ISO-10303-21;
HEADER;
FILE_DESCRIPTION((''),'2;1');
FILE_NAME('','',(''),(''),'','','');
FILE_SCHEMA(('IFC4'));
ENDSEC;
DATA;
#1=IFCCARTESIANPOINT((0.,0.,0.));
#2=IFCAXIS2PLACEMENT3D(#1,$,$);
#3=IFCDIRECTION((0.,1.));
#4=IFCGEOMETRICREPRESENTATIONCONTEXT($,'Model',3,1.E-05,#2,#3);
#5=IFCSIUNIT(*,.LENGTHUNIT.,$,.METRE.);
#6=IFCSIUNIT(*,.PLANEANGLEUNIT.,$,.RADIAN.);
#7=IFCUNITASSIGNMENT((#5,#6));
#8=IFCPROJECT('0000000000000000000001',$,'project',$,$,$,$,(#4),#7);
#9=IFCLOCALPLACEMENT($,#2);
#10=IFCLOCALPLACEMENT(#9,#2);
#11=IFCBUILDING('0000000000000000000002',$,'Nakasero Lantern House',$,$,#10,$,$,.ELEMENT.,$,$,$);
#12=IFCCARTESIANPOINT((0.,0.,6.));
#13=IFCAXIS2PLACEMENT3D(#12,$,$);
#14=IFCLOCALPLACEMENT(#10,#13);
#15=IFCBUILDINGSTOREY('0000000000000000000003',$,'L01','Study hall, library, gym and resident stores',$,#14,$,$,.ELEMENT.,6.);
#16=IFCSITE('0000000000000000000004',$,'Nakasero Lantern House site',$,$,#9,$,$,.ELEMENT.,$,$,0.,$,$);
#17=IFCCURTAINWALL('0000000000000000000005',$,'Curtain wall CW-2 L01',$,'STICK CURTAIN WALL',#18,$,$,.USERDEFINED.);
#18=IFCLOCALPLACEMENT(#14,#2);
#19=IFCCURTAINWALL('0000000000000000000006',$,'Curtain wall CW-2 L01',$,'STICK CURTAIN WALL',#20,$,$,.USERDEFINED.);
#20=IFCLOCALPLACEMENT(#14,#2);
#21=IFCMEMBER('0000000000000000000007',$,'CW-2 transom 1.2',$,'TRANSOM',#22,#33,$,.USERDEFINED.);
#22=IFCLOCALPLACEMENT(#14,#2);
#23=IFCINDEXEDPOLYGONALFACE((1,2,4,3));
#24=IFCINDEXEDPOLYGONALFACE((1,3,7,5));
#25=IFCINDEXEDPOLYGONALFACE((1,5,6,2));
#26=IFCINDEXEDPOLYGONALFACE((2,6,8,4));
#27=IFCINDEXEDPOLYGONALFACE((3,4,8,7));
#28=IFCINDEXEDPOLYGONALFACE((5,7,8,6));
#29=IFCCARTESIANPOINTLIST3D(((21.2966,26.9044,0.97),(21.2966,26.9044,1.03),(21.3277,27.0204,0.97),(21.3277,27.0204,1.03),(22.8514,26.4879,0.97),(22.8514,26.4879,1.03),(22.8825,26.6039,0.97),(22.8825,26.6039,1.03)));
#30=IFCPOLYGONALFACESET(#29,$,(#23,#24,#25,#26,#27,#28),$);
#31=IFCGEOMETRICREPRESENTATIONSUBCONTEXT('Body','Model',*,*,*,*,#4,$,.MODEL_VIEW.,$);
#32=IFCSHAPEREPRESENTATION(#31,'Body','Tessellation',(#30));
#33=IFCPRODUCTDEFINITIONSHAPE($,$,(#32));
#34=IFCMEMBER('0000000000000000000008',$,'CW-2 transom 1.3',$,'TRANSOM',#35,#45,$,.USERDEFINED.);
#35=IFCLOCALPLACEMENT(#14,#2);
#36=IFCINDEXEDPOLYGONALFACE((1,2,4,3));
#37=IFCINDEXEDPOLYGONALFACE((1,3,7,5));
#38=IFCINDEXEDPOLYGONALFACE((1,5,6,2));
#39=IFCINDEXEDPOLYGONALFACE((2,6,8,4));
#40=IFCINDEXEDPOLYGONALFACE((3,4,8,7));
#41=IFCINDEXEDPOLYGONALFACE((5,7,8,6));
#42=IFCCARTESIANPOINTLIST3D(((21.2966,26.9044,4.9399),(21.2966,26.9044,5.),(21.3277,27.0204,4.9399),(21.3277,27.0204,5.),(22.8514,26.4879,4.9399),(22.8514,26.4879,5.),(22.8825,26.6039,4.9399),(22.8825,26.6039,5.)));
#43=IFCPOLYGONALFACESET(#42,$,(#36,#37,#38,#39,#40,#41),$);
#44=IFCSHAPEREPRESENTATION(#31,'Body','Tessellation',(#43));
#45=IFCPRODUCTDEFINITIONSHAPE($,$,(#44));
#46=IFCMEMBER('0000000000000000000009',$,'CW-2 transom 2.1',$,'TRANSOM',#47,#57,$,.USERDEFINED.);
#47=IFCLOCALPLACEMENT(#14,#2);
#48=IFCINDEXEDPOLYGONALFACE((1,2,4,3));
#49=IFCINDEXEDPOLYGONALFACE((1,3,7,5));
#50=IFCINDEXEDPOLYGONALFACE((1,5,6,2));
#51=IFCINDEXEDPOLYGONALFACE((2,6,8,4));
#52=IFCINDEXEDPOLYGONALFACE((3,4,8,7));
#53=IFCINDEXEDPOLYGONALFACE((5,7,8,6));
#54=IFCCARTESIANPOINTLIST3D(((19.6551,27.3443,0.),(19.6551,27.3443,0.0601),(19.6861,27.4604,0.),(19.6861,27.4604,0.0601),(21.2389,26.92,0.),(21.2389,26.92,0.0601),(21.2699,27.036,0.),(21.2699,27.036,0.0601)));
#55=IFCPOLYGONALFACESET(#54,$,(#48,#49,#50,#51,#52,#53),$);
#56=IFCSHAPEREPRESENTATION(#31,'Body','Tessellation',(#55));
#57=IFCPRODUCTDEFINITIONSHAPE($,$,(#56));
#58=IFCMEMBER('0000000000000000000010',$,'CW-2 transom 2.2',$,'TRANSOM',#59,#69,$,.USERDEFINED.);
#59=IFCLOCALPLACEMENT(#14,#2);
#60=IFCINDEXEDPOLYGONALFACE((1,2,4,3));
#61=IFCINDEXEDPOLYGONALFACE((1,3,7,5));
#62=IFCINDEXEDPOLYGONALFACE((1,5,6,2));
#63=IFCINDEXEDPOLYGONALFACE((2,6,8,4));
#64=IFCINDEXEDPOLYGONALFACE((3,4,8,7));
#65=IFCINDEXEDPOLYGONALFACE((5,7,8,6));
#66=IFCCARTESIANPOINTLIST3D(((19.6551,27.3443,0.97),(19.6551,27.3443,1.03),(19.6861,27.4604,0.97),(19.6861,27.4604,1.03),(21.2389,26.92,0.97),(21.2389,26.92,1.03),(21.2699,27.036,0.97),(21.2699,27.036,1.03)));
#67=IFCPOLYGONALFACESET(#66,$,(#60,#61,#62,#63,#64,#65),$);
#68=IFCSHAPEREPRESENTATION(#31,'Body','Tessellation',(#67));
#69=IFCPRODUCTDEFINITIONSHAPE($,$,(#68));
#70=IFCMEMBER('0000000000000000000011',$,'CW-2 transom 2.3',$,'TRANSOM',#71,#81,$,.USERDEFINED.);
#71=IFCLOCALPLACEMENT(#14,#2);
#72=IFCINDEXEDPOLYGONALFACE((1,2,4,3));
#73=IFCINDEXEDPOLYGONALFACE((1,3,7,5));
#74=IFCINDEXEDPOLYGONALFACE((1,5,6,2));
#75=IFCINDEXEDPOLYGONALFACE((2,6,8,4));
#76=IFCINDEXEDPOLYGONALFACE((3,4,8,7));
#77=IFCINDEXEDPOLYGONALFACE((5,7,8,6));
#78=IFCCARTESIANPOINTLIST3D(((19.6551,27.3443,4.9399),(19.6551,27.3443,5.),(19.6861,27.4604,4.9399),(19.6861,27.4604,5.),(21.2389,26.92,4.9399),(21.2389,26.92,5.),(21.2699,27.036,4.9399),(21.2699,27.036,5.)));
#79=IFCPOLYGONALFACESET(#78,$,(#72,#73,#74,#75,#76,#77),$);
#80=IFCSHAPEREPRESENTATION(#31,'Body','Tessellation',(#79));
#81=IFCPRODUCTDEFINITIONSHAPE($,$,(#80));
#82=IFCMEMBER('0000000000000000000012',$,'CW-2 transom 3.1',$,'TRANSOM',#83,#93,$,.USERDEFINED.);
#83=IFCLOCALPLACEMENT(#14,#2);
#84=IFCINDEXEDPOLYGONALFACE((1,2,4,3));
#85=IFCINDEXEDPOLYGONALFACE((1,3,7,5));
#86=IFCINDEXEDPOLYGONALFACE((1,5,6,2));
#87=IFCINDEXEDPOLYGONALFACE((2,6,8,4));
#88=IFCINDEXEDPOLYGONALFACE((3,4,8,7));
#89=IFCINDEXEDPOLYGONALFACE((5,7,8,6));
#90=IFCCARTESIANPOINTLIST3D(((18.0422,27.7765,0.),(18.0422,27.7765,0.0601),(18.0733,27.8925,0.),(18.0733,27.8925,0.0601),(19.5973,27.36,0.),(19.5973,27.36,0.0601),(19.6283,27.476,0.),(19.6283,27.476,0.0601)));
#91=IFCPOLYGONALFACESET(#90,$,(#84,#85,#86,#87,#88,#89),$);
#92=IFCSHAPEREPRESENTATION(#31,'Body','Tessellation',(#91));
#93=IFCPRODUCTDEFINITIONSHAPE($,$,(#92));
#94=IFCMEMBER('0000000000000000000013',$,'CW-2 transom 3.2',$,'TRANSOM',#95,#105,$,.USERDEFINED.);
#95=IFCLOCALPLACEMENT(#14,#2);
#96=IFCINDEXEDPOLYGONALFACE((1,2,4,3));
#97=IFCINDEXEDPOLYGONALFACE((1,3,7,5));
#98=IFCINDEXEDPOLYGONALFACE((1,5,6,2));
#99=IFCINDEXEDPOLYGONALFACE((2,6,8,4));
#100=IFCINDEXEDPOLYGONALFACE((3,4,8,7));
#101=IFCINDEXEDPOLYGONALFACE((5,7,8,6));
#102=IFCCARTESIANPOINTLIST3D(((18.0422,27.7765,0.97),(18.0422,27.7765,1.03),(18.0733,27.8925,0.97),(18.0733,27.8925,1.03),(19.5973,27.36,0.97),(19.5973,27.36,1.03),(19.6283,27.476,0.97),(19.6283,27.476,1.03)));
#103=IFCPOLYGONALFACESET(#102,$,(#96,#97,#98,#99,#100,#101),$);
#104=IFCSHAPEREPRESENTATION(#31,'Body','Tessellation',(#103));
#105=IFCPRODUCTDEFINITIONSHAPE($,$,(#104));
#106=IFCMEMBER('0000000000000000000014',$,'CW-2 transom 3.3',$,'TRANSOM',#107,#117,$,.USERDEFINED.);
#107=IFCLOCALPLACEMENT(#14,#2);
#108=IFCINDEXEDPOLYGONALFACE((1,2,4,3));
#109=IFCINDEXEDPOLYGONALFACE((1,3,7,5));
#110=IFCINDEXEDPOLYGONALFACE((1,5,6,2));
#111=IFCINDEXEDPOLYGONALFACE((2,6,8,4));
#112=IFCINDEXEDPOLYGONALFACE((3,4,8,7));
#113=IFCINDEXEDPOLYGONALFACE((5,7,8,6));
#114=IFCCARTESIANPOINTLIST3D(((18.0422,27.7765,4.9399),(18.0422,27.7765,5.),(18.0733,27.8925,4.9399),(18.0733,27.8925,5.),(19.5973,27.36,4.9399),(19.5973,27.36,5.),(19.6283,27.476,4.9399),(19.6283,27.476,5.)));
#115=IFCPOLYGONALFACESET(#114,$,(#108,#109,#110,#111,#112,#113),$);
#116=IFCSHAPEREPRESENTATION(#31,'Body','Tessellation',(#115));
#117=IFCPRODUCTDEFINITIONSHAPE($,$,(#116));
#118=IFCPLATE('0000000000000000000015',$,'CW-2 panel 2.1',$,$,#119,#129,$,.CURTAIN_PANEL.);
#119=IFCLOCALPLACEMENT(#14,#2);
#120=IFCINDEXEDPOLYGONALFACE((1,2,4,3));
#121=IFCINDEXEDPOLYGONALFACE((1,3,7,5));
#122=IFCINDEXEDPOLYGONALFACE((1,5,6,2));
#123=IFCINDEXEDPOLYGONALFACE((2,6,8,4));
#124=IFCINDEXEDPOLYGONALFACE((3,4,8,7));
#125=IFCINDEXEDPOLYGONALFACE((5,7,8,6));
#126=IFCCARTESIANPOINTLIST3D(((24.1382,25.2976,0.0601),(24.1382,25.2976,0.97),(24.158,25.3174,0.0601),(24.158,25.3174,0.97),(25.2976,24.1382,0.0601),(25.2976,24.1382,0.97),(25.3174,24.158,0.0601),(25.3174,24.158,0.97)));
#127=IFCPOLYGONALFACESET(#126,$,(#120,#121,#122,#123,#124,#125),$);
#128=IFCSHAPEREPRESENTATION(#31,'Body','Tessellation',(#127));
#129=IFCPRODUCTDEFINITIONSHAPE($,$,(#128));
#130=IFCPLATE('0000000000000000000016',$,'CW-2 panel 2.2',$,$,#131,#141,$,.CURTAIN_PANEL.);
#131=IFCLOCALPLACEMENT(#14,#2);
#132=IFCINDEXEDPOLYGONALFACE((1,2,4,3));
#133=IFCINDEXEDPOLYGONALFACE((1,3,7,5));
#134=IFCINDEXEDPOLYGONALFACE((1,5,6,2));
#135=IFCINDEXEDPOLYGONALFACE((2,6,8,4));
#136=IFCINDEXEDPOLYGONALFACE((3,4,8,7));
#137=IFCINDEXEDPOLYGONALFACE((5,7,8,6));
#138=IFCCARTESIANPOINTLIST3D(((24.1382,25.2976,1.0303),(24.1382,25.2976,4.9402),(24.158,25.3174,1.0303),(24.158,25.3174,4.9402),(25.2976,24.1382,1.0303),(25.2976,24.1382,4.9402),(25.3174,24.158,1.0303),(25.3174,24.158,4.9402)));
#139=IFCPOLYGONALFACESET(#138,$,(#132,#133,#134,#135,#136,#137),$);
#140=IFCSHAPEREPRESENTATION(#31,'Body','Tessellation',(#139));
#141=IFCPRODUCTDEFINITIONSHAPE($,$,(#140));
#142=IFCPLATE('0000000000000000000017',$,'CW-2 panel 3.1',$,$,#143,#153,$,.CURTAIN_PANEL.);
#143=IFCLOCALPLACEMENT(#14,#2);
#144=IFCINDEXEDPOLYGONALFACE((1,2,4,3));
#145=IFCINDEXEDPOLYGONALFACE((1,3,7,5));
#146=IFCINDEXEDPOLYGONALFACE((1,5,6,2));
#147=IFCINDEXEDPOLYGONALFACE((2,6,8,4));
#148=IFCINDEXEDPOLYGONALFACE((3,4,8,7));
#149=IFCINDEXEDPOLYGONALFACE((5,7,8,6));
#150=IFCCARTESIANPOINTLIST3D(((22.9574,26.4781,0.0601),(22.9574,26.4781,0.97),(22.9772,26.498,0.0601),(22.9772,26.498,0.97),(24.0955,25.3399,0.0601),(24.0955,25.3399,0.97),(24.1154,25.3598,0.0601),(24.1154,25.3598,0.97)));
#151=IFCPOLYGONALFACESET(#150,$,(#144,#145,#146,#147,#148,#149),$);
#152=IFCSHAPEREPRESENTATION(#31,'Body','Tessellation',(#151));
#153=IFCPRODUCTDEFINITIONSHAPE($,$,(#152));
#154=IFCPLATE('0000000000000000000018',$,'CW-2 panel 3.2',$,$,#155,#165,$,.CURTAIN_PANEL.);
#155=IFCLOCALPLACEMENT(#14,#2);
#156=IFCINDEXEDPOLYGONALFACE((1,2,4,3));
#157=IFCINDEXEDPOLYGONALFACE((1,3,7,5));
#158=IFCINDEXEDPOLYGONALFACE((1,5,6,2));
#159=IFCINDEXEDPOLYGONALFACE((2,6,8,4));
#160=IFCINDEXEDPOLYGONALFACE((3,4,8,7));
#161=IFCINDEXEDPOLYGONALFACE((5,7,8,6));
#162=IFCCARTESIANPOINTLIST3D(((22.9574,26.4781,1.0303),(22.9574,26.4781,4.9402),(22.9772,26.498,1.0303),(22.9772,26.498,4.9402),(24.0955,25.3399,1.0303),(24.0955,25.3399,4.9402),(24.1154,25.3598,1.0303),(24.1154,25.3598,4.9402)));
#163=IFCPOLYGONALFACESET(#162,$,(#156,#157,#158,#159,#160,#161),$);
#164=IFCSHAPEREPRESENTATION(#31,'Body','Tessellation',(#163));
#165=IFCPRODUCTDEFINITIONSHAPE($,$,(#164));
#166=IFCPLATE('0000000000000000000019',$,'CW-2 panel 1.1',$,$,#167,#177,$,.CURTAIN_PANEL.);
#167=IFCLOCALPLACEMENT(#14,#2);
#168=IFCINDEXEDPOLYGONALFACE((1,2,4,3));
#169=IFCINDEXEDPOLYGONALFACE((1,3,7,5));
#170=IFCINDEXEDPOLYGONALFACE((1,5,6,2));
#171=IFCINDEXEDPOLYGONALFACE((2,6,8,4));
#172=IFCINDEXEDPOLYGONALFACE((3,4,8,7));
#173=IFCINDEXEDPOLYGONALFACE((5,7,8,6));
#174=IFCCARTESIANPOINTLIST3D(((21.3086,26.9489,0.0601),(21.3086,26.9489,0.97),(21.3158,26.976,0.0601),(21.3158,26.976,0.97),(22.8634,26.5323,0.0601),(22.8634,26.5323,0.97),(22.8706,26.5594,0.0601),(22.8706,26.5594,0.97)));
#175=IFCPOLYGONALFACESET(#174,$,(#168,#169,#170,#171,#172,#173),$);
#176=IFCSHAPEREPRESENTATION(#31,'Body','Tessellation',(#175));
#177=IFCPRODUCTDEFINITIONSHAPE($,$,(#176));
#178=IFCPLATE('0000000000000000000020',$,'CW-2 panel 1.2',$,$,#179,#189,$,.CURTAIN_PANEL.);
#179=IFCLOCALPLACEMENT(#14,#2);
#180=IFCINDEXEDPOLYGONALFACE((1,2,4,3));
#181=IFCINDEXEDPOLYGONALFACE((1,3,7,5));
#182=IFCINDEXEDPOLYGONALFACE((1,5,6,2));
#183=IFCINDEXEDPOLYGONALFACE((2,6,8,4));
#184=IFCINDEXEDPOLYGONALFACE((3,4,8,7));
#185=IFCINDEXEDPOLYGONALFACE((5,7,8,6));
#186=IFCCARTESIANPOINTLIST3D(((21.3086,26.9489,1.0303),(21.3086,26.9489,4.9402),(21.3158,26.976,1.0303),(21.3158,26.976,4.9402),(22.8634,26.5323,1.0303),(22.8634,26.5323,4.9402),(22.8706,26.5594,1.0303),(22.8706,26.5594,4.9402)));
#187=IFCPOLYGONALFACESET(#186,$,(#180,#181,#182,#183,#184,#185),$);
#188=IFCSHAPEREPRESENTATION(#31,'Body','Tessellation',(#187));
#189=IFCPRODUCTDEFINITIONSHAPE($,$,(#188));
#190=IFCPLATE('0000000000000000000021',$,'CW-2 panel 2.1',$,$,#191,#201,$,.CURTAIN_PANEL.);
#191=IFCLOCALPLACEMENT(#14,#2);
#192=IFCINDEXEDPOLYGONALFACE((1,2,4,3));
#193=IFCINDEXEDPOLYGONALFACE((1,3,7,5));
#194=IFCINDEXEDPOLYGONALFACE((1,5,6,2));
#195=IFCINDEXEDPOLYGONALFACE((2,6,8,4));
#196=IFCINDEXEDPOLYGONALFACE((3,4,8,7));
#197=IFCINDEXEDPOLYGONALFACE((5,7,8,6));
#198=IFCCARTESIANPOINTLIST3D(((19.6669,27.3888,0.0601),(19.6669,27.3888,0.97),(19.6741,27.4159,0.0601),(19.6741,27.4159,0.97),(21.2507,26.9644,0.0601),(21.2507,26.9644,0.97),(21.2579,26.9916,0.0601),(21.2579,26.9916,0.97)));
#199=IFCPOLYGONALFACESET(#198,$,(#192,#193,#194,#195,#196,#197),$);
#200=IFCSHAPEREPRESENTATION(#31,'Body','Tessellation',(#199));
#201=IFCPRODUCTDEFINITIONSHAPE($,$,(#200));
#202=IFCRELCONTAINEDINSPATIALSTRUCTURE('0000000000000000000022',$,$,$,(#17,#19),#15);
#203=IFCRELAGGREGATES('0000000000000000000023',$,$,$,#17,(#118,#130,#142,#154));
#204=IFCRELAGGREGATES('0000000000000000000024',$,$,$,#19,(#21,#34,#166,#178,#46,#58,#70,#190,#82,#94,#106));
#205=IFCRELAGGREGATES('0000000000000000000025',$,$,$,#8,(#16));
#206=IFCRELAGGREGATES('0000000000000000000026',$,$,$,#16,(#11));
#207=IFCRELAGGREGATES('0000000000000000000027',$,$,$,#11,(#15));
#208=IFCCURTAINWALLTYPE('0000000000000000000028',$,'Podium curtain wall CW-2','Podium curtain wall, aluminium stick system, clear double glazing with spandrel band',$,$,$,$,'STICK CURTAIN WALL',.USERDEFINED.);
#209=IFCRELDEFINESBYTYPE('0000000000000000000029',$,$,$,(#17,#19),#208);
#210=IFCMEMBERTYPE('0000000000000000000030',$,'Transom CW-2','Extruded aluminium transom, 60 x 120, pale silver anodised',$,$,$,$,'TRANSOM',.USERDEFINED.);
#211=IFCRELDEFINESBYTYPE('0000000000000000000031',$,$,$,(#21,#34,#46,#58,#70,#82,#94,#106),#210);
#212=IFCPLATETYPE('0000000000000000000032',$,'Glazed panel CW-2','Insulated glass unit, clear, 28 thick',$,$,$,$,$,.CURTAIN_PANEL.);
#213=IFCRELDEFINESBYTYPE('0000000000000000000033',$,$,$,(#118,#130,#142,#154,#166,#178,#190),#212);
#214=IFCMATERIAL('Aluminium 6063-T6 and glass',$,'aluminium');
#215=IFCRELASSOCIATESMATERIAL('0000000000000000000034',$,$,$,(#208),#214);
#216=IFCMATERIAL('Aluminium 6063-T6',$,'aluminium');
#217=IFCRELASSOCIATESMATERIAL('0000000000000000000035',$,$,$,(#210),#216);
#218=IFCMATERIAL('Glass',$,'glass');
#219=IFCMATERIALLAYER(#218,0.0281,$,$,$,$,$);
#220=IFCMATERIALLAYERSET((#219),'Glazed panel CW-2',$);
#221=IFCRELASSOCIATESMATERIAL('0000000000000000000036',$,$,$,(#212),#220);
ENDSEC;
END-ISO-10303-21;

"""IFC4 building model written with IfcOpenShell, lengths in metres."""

from ifc_helpers import new_model, si_unit, direction, frame, origin, origin_2d, place, context, subcontext, project, spatial, rectangle, extrude, material, layer, layer_set, material_profile, profile_set, type_object, element, aggregate, save


model = new_model("IFC4")

# Units and contexts
model_context = context("Model", 3, precision=1e-05, world=origin(), true_north=direction((0.0, 1.0)))
body_context = subcontext(model_context, "Body", "Model", "MODEL_VIEW")
ifc_project = project(units=[si_unit("LENGTHUNIT", "METRE"), si_unit("PLANEANGLEUNIT", "RADIAN")], contexts=[model_context])

# Site, building, storey
site_placement = place(None, origin())
site = spatial("IfcSite", under=ifc_project, at=site_placement, Name="Nakasero Lantern House site", CompositionType="ELEMENT", RefElevation=0.0)
building_placement = place(site_placement, origin())
building = spatial("IfcBuilding", under=site, at=building_placement, Name="Nakasero Lantern House", CompositionType="ELEMENT")
storey_placement = place(building_placement, frame((0.0, 0.0, 6.0)))
storey = spatial("IfcBuildingStorey", under=building, at=storey_placement, Name="L01", Description="Study hall, library, gym and resident stores", CompositionType="ELEMENT", Elevation=6.0)

# Curtain walls
ifc_material_1 = material(Name="Aluminium 6063-T6 and glass", Category="aluminium")
curtain_wall_type = type_object("IfcCurtainWallType", Name="Podium curtain wall CW-2", Description="Podium curtain wall, aluminium stick system, clear double glazing with spandrel band", ElementType="STICK CURTAIN WALL", PredefinedType="USERDEFINED", material=ifc_material_1)
curtain_wall_1_placement = place(storey_placement, origin())
curtain_wall_1 = element("IfcCurtainWall", 1, at=curtain_wall_1_placement, inside=storey, type_object=curtain_wall_type, Name="Curtain wall CW-2 L01", ObjectType="STICK CURTAIN WALL", PredefinedType="USERDEFINED")
curtain_wall_2_placement = place(storey_placement, origin())
curtain_wall_2 = element("IfcCurtainWall", 2, at=curtain_wall_2_placement, inside=storey, type_object=curtain_wall_type, Name="Curtain wall CW-2 L01", ObjectType="STICK CURTAIN WALL", PredefinedType="USERDEFINED")

# Members
ifc_material_2 = material(Name="Aluminium 6063-T6", Category="aluminium")
ifc_material_profile_1 = material_profile(ifc_material_2, rectangle(XDim=0.0601, YDim=0.1201, at=origin_2d()), Name="CW-2 transom 60x120")
ifc_profile_set_1 = profile_set([ifc_material_profile_1], Name="Aluminium 6063-T6")
member_type_1 = type_object("IfcMemberType", Name="Transom CW-2", Description="Extruded aluminium transom, 60 x 120, pale silver anodised", ElementType="TRANSOM", PredefinedType="USERDEFINED", material=ifc_profile_set_1)
member_1_placement = place(storey_placement, frame((22.8669, 26.5459, 1.0), z_axis=(-0.965937, 0.258777, 0.0), x_axis=(0.0, 0.0, 1.0)))
member_1 = element("IfcMember", 3, at=member_1_placement, type_object=member_type_1, Name="CW-2 transom 1.2", ObjectType="TRANSOM", PredefinedType="USERDEFINED", context=body_context, shape_type="SweptSolid", body=[
    extrude(rectangle(XDim=0.0601, YDim=0.1201, at=origin_2d()), origin(), (0.0, 0.0, 1.0), 1.6096),
])
member_2_placement = place(storey_placement, frame((22.8669, 26.5459, 4.97), z_axis=(-0.965937, 0.258777, 0.0), x_axis=(0.0, 0.0, 1.0)))
member_2 = element("IfcMember", 4, at=member_2_placement, type_object=member_type_1, Name="CW-2 transom 1.3", ObjectType="TRANSOM", PredefinedType="USERDEFINED", context=body_context, shape_type="SweptSolid", body=[
    extrude(rectangle(XDim=0.0601, YDim=0.1201, at=origin_2d()), origin(), (0.0, 0.0, 1.0), 1.6096),
])
member_3_placement = place(storey_placement, frame((21.2544, 26.978, 0.03), z_axis=(-0.965933, 0.258793, 0.0), x_axis=(0.0, 0.0, 1.0)))
member_3 = element("IfcMember", 5, at=member_3_placement, type_object=member_type_1, Name="CW-2 transom 2.1", ObjectType="TRANSOM", PredefinedType="USERDEFINED", context=body_context, shape_type="SweptSolid", body=[
    extrude(rectangle(XDim=0.0601, YDim=0.1201, at=origin_2d()), origin(), (0.0, 0.0, 1.0), 1.6396),
])
member_4_placement = place(storey_placement, frame((21.2544, 26.978, 1.0), z_axis=(-0.965933, 0.258793, 0.0), x_axis=(0.0, 0.0, 1.0)))
member_4 = element("IfcMember", 6, at=member_4_placement, type_object=member_type_1, Name="CW-2 transom 2.2", ObjectType="TRANSOM", PredefinedType="USERDEFINED", context=body_context, shape_type="SweptSolid", body=[
    extrude(rectangle(XDim=0.0601, YDim=0.1201, at=origin_2d()), origin(), (0.0, 0.0, 1.0), 1.6396),
])
member_5_placement = place(storey_placement, frame((21.2544, 26.978, 4.97), z_axis=(-0.965933, 0.258793, 0.0), x_axis=(0.0, 0.0, 1.0)))
member_5 = element("IfcMember", 7, at=member_5_placement, type_object=member_type_1, Name="CW-2 transom 2.3", ObjectType="TRANSOM", PredefinedType="USERDEFINED", context=body_context, shape_type="SweptSolid", body=[
    extrude(rectangle(XDim=0.0601, YDim=0.1201, at=origin_2d()), origin(), (0.0, 0.0, 1.0), 1.6396),
])
member_6_placement = place(storey_placement, frame((19.6128, 27.418, 0.03), z_axis=(-0.965947, 0.258739, 0.0), x_axis=(0.0, 0.0, 1.0)))
member_6 = element("IfcMember", 8, at=member_6_placement, type_object=member_type_1, Name="CW-2 transom 3.1", ObjectType="TRANSOM", PredefinedType="USERDEFINED", context=body_context, shape_type="SweptSolid", body=[
    extrude(rectangle(XDim=0.0601, YDim=0.1201, at=origin_2d()), origin(), (0.0, 0.0, 1.0), 1.6099),
])
member_7_placement = place(storey_placement, frame((19.6128, 27.418, 1.0), z_axis=(-0.965947, 0.258739, 0.0), x_axis=(0.0, 0.0, 1.0)))
member_7 = element("IfcMember", 9, at=member_7_placement, type_object=member_type_1, Name="CW-2 transom 3.2", ObjectType="TRANSOM", PredefinedType="USERDEFINED", context=body_context, shape_type="SweptSolid", body=[
    extrude(rectangle(XDim=0.0601, YDim=0.1201, at=origin_2d()), origin(), (0.0, 0.0, 1.0), 1.6099),
])
member_8_placement = place(storey_placement, frame((19.6128, 27.418, 4.97), z_axis=(-0.965947, 0.258739, 0.0), x_axis=(0.0, 0.0, 1.0)))
member_8 = element("IfcMember", 10, at=member_8_placement, type_object=member_type_1, Name="CW-2 transom 3.3", ObjectType="TRANSOM", PredefinedType="USERDEFINED", context=body_context, shape_type="SweptSolid", body=[
    extrude(rectangle(XDim=0.0601, YDim=0.1201, at=origin_2d()), origin(), (0.0, 0.0, 1.0), 1.6099),
])

# Plates
ifc_material_3 = material(Name="Glass", Category="glass")
ifc_layer = layer(ifc_material_3, 0.0281)
ifc_layer_set = layer_set([ifc_layer], Name="Glazed panel CW-2")
plate_type = type_object("IfcPlateType", Name="Glazed panel CW-2", Description="Insulated glass unit, clear, 28 thick", PredefinedType="CURTAIN_PANEL", material=ifc_layer_set)
plate_1_placement = place(storey_placement, frame((24.7278, 24.7278, 0.0601), z_axis=(0.0, 0.0, 1.0), x_axis=(-0.707107, 0.707107, 0.0)))
plate_1 = element("IfcPlate", 11, at=plate_1_placement, type_object=plate_type, Name="CW-2 panel 2.1", PredefinedType="CURTAIN_PANEL", context=body_context, shape_type="SweptSolid", body=[
    extrude(rectangle(XDim=1.6396, YDim=0.0281, at=origin_2d()), origin(), (0.0, 0.0, 1.0), 0.9099),
])
plate_2_placement = place(storey_placement, frame((24.7278, 24.7278, 1.0303), z_axis=(0.0, 0.0, 1.0), x_axis=(-0.707107, 0.707107, 0.0)))
plate_2 = element("IfcPlate", 12, at=plate_2_placement, type_object=plate_type, Name="CW-2 panel 2.2", PredefinedType="CURTAIN_PANEL", context=body_context, shape_type="SweptSolid", body=[
    extrude(rectangle(XDim=1.6396, YDim=0.0281, at=origin_2d()), origin(), (0.0, 0.0, 1.0), 3.9099),
])
plate_3_placement = place(storey_placement, frame((23.5364, 25.9189, 0.0601), z_axis=(0.0, 0.0, 1.0), x_axis=(-0.707107, 0.707107, 0.0)))
plate_3 = element("IfcPlate", 13, at=plate_3_placement, type_object=plate_type, Name="CW-2 panel 3.1", PredefinedType="CURTAIN_PANEL", context=body_context, shape_type="SweptSolid", body=[
    extrude(rectangle(XDim=1.6096, YDim=0.0281, at=origin_2d()), origin(), (0.0, 0.0, 1.0), 0.9099),
])
plate_4_placement = place(storey_placement, frame((23.5364, 25.9189, 1.0303), z_axis=(0.0, 0.0, 1.0), x_axis=(-0.707107, 0.707107, 0.0)))
plate_4 = element("IfcPlate", 14, at=plate_4_placement, type_object=plate_type, Name="CW-2 panel 3.2", PredefinedType="CURTAIN_PANEL", context=body_context, shape_type="SweptSolid", body=[
    extrude(rectangle(XDim=1.6096, YDim=0.0281, at=origin_2d()), origin(), (0.0, 0.0, 1.0), 3.9099),
])
aggregate(curtain_wall_1, [plate_1, plate_2, plate_3, plate_4])
plate_5_placement = place(storey_placement, frame((22.0896, 26.7542, 0.0601), z_axis=(0.0, 0.0, 1.0), x_axis=(-0.965926, 0.258819, 0.0)))
plate_5 = element("IfcPlate", 15, at=plate_5_placement, type_object=plate_type, Name="CW-2 panel 1.1", PredefinedType="CURTAIN_PANEL", context=body_context, shape_type="SweptSolid", body=[
    extrude(rectangle(XDim=1.6096, YDim=0.0281, at=origin_2d()), origin(), (0.0, 0.0, 1.0), 0.9099),
])
plate_6_placement = place(storey_placement, frame((22.0896, 26.7542, 1.0303), z_axis=(0.0, 0.0, 1.0), x_axis=(-0.965926, 0.258819, 0.0)))
plate_6 = element("IfcPlate", 16, at=plate_6_placement, type_object=plate_type, Name="CW-2 panel 1.2", PredefinedType="CURTAIN_PANEL", context=body_context, shape_type="SweptSolid", body=[
    extrude(rectangle(XDim=1.6096, YDim=0.0281, at=origin_2d()), origin(), (0.0, 0.0, 1.0), 3.9099),
])
plate_7_placement = place(storey_placement, frame((20.4624, 27.1902, 0.0601), z_axis=(0.0, 0.0, 1.0), x_axis=(-0.965926, 0.258819, 0.0)))
plate_7 = element("IfcPlate", 17, at=plate_7_placement, type_object=plate_type, Name="CW-2 panel 2.1", PredefinedType="CURTAIN_PANEL", context=body_context, shape_type="SweptSolid", body=[
    extrude(rectangle(XDim=1.6396, YDim=0.0281, at=origin_2d()), origin(), (0.0, 0.0, 1.0), 0.9099),
])
aggregate(curtain_wall_2, [member_1, member_2, plate_5, plate_6, member_3, member_4, member_5, plate_7, member_6, member_7, member_8])

save(model, "model.ifc")
